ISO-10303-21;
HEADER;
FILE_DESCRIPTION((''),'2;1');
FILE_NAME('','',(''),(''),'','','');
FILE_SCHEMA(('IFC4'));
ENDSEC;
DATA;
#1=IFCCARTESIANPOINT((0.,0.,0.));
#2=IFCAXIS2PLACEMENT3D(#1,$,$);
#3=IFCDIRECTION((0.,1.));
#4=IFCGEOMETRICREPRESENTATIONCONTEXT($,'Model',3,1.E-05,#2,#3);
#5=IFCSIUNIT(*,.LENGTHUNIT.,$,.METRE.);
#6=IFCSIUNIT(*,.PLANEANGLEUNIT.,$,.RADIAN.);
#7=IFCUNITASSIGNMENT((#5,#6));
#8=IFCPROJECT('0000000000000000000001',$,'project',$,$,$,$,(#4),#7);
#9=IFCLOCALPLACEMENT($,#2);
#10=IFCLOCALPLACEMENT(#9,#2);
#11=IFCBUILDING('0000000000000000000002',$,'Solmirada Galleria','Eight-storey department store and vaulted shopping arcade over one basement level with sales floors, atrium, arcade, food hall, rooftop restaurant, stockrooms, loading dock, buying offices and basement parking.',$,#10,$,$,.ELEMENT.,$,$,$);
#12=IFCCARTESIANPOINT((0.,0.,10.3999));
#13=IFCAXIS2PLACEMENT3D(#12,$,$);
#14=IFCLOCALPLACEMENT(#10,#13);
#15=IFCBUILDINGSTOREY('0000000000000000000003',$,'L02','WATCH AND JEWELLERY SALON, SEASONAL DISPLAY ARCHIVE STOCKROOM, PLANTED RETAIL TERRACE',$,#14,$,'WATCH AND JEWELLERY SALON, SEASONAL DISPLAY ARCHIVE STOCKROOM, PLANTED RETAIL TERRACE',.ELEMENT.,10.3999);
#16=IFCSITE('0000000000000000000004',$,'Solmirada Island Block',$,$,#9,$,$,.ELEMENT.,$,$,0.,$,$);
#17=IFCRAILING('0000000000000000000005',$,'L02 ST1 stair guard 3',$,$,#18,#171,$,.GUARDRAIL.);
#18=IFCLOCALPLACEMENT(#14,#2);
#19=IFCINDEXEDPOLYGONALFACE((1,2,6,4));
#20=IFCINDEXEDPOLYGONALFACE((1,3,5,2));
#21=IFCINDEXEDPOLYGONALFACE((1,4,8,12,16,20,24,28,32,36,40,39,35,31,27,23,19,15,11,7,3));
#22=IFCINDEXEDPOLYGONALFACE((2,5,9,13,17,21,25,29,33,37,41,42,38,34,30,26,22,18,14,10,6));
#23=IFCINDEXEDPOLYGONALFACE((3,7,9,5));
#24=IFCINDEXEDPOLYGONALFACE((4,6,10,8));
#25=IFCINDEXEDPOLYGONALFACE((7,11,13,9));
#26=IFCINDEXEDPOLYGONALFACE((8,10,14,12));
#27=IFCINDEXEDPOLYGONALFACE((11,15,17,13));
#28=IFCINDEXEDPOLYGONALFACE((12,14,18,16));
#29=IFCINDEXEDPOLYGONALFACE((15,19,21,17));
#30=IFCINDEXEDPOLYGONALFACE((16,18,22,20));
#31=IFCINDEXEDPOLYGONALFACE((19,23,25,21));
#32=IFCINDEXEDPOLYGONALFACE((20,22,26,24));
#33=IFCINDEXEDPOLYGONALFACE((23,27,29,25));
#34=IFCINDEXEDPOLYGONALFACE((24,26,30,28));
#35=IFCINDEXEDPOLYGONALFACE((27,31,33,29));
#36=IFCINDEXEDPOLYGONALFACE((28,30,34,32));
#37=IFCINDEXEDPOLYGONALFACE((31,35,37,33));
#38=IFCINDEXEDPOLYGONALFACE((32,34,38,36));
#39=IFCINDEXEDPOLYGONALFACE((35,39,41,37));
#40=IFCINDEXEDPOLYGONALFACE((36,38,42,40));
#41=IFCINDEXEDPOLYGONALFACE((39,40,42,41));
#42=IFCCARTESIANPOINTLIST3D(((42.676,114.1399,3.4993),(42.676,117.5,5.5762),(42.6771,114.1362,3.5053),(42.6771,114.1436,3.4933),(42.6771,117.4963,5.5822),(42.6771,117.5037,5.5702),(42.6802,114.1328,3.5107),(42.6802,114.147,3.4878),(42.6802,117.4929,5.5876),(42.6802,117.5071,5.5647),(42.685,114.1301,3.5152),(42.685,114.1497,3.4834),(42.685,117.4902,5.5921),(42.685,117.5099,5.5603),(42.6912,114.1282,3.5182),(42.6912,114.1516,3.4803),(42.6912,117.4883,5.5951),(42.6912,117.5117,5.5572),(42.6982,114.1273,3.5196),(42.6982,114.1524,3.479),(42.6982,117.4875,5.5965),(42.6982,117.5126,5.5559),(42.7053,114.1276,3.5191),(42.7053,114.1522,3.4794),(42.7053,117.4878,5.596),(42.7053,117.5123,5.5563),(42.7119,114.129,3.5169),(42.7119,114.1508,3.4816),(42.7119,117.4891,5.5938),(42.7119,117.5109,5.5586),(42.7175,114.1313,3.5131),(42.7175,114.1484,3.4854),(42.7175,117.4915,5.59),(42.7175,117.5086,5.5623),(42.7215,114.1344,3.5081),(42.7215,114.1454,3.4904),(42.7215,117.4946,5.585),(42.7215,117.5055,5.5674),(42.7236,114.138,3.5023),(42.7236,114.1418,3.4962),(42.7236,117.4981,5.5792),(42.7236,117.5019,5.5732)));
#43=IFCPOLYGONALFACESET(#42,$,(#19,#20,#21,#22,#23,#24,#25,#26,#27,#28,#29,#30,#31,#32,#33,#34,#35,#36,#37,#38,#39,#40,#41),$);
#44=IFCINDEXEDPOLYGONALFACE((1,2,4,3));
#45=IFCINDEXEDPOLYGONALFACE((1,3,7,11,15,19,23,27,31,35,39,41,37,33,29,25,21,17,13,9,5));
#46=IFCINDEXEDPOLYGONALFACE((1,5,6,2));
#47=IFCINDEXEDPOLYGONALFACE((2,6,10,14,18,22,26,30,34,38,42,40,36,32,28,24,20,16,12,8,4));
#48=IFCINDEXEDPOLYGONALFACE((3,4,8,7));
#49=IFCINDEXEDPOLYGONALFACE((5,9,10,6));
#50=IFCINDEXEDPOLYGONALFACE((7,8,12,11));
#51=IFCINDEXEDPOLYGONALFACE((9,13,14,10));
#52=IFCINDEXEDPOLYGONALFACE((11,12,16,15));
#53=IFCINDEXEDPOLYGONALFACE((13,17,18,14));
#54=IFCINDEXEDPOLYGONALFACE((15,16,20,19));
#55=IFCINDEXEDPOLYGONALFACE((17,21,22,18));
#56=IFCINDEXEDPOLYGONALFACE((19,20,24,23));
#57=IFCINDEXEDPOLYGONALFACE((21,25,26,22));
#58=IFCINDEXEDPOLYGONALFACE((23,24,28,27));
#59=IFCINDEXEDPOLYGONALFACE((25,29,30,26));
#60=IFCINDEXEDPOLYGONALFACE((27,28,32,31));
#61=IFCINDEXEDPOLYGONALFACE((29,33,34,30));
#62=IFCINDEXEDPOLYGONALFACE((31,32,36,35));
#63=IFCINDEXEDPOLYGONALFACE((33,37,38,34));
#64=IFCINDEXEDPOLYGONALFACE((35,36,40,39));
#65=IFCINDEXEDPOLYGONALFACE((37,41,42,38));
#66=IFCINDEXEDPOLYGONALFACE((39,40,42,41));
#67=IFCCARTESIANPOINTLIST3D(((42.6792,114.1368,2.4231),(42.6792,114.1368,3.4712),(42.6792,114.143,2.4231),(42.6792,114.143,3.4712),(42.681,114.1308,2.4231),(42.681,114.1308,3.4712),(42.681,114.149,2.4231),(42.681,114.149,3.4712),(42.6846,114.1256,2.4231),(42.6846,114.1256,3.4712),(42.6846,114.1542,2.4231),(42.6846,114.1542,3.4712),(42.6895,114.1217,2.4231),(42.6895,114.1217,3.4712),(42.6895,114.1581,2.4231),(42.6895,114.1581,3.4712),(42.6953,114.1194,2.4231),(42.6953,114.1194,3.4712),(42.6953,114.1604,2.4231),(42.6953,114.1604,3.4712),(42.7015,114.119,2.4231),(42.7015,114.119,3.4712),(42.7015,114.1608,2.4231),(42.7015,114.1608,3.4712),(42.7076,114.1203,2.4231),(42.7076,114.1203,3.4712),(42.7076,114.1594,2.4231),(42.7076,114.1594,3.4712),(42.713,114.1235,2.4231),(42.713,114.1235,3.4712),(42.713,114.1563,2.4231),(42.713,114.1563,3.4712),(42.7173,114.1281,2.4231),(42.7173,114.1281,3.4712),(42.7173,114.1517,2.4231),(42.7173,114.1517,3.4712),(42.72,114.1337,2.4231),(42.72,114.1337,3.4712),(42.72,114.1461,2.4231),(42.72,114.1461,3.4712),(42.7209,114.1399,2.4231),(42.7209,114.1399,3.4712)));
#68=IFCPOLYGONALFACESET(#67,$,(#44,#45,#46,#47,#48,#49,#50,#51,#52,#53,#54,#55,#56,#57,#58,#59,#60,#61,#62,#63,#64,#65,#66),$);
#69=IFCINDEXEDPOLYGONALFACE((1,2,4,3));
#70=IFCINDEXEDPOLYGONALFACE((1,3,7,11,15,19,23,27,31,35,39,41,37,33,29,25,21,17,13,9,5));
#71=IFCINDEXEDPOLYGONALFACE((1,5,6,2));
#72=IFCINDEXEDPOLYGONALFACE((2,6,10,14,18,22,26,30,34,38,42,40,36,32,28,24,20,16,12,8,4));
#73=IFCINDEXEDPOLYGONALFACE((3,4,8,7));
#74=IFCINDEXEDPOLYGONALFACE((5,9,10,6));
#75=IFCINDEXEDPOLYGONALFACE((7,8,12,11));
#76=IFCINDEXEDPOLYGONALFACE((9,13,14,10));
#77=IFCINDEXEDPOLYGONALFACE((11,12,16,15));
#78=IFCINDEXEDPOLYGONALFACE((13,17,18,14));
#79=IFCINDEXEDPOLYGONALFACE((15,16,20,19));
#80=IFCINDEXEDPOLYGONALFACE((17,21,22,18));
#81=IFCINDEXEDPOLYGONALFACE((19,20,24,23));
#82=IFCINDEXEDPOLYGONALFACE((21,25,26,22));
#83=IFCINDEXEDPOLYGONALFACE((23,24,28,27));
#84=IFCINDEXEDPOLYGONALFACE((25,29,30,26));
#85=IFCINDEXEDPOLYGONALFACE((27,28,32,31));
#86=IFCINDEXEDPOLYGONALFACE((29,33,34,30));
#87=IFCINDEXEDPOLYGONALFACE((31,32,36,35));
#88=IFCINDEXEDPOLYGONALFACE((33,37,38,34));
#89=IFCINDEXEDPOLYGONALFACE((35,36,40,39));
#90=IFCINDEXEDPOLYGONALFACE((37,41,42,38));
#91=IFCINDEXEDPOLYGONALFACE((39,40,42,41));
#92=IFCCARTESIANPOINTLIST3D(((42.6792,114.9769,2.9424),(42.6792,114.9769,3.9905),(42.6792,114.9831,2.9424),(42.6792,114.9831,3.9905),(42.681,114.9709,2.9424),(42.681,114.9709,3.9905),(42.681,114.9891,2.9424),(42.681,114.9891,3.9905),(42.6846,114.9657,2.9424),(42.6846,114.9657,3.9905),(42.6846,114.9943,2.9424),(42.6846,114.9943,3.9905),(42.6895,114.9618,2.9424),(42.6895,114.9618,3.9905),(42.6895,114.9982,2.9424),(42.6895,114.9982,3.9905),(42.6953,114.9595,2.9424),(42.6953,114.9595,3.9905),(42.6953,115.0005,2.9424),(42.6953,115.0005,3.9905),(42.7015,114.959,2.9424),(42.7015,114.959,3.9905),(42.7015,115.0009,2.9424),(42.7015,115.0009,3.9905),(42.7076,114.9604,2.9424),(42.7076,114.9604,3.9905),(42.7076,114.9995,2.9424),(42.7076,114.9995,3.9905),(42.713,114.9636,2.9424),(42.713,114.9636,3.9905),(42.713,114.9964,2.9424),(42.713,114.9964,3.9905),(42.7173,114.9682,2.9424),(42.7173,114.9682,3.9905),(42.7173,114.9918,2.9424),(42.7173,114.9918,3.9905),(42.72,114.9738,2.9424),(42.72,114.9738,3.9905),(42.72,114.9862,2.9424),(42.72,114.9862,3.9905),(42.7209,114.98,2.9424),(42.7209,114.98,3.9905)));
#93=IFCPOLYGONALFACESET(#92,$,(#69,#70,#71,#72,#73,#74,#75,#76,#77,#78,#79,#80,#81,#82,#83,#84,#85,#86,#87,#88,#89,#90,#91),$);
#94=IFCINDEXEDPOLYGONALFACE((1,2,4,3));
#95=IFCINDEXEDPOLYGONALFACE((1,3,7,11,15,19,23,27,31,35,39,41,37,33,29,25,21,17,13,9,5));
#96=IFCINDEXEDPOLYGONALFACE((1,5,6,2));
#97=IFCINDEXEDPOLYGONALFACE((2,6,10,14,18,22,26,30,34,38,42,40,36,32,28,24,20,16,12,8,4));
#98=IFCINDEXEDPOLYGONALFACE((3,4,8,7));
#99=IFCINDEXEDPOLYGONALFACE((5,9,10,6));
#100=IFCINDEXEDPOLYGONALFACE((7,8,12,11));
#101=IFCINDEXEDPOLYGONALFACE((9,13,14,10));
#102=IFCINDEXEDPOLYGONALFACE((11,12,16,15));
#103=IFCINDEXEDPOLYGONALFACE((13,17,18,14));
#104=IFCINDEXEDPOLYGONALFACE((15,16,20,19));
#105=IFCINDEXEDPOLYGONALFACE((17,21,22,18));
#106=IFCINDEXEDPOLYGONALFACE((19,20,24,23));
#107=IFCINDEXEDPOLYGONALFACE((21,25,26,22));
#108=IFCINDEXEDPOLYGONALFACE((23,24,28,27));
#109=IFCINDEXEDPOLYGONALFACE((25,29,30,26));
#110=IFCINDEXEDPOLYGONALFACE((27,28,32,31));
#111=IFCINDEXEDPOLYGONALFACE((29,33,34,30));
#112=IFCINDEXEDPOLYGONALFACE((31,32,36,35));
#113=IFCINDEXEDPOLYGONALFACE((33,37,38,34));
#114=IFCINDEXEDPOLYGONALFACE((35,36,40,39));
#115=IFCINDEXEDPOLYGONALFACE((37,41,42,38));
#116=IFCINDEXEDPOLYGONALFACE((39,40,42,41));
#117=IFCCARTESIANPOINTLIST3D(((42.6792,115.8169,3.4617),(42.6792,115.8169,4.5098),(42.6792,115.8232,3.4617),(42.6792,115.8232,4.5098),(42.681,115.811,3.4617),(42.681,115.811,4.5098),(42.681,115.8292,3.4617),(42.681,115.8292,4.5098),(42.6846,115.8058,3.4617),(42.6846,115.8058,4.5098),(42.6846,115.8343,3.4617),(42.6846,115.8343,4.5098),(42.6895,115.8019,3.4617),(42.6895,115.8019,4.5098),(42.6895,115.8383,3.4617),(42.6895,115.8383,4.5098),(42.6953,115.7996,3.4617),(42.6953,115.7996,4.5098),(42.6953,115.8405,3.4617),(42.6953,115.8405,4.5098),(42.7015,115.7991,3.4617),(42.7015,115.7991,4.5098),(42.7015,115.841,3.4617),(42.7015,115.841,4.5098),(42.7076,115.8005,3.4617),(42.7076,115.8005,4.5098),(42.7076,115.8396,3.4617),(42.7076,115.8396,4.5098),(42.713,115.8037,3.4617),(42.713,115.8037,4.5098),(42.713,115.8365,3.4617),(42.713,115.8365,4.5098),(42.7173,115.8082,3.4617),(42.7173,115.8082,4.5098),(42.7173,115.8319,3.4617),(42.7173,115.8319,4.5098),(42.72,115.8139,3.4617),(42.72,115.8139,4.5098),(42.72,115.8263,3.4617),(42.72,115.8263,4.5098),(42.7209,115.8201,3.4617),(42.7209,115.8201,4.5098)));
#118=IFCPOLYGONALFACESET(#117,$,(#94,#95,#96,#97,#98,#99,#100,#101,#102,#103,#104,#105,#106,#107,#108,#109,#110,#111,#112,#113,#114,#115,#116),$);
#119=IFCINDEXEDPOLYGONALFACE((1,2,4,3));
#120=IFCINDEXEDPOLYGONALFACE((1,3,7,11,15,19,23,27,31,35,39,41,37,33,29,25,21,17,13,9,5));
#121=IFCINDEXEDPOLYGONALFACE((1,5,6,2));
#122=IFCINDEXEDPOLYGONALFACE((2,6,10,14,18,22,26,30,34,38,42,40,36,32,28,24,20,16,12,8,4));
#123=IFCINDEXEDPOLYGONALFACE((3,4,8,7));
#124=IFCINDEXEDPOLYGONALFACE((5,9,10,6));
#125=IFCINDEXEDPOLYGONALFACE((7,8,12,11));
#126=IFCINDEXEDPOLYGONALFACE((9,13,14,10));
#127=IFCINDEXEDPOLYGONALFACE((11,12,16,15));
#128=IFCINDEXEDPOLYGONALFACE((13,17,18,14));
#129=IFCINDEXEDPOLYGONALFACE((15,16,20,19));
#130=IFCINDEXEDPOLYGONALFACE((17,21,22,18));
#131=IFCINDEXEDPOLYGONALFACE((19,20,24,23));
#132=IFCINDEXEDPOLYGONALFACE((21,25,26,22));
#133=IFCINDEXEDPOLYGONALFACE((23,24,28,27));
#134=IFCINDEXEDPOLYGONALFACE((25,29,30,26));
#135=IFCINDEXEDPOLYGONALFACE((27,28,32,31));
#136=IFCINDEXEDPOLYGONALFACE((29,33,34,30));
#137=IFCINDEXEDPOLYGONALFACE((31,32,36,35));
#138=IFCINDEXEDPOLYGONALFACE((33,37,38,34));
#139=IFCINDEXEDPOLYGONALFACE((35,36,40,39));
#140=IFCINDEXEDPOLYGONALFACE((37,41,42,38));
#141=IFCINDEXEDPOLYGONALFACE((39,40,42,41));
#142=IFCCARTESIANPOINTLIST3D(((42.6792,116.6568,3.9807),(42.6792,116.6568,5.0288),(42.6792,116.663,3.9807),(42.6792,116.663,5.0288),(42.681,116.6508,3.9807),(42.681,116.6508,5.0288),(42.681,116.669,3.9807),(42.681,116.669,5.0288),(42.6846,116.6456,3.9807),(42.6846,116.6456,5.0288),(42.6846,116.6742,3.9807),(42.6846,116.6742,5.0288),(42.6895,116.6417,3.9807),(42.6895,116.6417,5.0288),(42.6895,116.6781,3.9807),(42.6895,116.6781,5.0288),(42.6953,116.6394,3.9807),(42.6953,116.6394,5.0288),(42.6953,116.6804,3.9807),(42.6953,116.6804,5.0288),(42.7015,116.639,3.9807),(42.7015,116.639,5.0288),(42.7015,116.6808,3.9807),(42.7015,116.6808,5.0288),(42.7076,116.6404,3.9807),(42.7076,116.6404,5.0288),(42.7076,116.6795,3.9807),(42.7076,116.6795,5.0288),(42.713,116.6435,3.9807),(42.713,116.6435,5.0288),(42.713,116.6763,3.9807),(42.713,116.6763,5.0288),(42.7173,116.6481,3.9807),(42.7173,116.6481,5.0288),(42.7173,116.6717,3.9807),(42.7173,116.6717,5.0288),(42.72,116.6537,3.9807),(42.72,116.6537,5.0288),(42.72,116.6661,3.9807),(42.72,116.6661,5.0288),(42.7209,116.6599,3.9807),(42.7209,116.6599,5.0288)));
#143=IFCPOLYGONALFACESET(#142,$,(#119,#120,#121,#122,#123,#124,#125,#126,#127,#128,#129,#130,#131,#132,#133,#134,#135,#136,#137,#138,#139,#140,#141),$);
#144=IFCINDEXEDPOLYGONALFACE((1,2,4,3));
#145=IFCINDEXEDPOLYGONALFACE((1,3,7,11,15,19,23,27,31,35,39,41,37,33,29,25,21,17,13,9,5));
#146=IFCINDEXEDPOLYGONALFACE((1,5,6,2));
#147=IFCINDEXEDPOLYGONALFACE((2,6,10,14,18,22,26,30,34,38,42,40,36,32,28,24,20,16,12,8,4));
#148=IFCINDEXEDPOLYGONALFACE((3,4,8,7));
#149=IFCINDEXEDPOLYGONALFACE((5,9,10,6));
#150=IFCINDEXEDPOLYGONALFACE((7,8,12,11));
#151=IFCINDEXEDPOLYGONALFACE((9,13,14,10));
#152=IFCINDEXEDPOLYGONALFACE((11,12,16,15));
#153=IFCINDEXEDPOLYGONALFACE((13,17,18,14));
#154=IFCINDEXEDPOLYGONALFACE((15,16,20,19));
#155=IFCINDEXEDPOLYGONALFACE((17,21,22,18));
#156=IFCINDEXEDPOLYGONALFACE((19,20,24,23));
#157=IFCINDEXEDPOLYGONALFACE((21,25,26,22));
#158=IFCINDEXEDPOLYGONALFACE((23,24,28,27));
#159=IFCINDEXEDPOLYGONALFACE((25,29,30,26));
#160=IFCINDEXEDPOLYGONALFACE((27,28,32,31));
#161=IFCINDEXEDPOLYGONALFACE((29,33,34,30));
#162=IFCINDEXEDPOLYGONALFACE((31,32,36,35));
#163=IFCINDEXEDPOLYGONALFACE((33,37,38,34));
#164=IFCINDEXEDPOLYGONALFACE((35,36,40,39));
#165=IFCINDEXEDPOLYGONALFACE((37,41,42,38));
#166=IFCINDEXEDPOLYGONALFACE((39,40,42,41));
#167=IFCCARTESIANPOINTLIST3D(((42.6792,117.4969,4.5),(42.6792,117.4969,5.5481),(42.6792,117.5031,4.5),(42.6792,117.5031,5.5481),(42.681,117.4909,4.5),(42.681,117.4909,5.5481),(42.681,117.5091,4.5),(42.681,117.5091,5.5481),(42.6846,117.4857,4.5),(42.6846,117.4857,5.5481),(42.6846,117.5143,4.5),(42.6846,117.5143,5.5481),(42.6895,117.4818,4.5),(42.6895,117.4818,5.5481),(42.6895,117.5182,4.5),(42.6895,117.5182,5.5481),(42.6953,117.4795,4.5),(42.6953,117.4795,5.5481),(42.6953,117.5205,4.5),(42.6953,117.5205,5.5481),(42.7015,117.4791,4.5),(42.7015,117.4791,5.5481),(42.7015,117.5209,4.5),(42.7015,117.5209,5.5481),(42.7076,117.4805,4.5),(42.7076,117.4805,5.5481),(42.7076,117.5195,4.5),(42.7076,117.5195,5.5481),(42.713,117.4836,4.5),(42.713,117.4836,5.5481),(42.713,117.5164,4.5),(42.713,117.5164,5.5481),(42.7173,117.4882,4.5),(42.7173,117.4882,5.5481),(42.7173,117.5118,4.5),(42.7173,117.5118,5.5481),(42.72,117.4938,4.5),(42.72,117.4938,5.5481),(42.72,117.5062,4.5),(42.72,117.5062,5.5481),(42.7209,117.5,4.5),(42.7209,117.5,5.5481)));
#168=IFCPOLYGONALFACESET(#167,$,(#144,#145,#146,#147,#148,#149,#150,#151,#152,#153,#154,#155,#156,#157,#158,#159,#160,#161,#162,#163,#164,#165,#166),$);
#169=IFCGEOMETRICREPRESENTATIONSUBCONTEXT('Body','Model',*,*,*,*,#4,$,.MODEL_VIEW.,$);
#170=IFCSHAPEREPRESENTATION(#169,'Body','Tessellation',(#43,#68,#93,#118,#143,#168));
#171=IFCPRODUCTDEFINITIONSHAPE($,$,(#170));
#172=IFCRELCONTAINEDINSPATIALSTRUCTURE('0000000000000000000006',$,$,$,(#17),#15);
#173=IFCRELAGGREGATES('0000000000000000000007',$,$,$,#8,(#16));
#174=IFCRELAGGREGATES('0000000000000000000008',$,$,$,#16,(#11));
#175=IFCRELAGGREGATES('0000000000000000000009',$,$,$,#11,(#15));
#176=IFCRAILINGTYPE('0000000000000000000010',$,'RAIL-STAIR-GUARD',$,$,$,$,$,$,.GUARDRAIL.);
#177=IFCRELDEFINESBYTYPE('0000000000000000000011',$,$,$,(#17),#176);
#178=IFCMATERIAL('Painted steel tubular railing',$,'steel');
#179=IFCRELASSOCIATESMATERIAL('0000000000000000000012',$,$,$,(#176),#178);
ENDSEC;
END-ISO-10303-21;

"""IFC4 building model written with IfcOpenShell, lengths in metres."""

from ifc_helpers import new_model, si_unit, direction, frame, origin, origin_2d, place, context, subcontext, project, spatial, circle, extrude, material, type_object, element, save


model = new_model("IFC4")

# Units and contexts
model_context = context("Model", 3, precision=1e-05, world=origin(), true_north=direction((0.0, 1.0)))
body_context = subcontext(model_context, "Body", "Model", "MODEL_VIEW")
ifc_project = project(units=[si_unit("LENGTHUNIT", "METRE"), si_unit("PLANEANGLEUNIT", "RADIAN")], contexts=[model_context])

# Site, building, storey
site_placement = place(None, origin())
site = spatial("IfcSite", under=ifc_project, at=site_placement, Name="Solmirada Island Block", CompositionType="ELEMENT", RefElevation=0.0)
building_placement = place(site_placement, origin())
building = spatial("IfcBuilding", under=site, at=building_placement, Name="Solmirada Galleria", Description="Eight-storey department store and vaulted shopping arcade over one basement level with sales floors, atrium, arcade, food hall, rooftop restaurant, stockrooms, loading dock, buying offices and basement parking.", CompositionType="ELEMENT")
storey_placement = place(building_placement, frame((0.0, 0.0, 10.3999)))
storey = spatial("IfcBuildingStorey", under=building, at=storey_placement, Name="L02", Description="WATCH AND JEWELLERY SALON, SEASONAL DISPLAY ARCHIVE STOCKROOM, PLANTED RETAIL TERRACE", LongName="WATCH AND JEWELLERY SALON, SEASONAL DISPLAY ARCHIVE STOCKROOM, PLANTED RETAIL TERRACE", CompositionType="ELEMENT", Elevation=10.3999)

# Railing
ifc_material_1 = material(Name="Painted steel tubular railing", Category="steel")
railing_type_1 = type_object("IfcRailingType", Name="RAIL-STAIR-GUARD", PredefinedType="GUARDRAIL", material=ifc_material_1)
railing_1_placement = place(storey_placement, frame((42.7, 114.1399, 2.4231)))
element("IfcRailing", 1, at=railing_1_placement, inside=storey, type_object=railing_type_1, Name="L02 ST1 stair guard 3", PredefinedType="GUARDRAIL", context=body_context, shape_type="SweptSolid", body=[
    extrude(circle(Radius=0.0239, at=origin_2d()), frame((0.0, 0.0, 1.0762), z_axis=(0.0, 0.850623, 0.525776), x_axis=(-1.0, 0.0, 0.0)), (0.0, 0.0, 1.0), 3.9502),
    extrude(circle(Radius=0.021, at=origin_2d()), origin(), (0.0, 0.0, 1.0), 1.0481),
    extrude(circle(Radius=0.021, at=origin_2d()), frame((0.0, 0.8401, 0.5193)), (0.0, 0.0, 1.0), 1.0481),
    extrude(circle(Radius=0.021, at=origin_2d()), frame((0.0, 1.6802, 1.0386)), (0.0, 0.0, 1.0), 1.0481),
    extrude(circle(Radius=0.021, at=origin_2d()), frame((0.0, 2.52, 1.5576)), (0.0, 0.0, 1.0), 1.0481),
    extrude(circle(Radius=0.021, at=origin_2d()), frame((0.0, 3.3601, 2.0769)), (0.0, 0.0, 1.0), 1.0481),
])

save(model, "model.ifc")
